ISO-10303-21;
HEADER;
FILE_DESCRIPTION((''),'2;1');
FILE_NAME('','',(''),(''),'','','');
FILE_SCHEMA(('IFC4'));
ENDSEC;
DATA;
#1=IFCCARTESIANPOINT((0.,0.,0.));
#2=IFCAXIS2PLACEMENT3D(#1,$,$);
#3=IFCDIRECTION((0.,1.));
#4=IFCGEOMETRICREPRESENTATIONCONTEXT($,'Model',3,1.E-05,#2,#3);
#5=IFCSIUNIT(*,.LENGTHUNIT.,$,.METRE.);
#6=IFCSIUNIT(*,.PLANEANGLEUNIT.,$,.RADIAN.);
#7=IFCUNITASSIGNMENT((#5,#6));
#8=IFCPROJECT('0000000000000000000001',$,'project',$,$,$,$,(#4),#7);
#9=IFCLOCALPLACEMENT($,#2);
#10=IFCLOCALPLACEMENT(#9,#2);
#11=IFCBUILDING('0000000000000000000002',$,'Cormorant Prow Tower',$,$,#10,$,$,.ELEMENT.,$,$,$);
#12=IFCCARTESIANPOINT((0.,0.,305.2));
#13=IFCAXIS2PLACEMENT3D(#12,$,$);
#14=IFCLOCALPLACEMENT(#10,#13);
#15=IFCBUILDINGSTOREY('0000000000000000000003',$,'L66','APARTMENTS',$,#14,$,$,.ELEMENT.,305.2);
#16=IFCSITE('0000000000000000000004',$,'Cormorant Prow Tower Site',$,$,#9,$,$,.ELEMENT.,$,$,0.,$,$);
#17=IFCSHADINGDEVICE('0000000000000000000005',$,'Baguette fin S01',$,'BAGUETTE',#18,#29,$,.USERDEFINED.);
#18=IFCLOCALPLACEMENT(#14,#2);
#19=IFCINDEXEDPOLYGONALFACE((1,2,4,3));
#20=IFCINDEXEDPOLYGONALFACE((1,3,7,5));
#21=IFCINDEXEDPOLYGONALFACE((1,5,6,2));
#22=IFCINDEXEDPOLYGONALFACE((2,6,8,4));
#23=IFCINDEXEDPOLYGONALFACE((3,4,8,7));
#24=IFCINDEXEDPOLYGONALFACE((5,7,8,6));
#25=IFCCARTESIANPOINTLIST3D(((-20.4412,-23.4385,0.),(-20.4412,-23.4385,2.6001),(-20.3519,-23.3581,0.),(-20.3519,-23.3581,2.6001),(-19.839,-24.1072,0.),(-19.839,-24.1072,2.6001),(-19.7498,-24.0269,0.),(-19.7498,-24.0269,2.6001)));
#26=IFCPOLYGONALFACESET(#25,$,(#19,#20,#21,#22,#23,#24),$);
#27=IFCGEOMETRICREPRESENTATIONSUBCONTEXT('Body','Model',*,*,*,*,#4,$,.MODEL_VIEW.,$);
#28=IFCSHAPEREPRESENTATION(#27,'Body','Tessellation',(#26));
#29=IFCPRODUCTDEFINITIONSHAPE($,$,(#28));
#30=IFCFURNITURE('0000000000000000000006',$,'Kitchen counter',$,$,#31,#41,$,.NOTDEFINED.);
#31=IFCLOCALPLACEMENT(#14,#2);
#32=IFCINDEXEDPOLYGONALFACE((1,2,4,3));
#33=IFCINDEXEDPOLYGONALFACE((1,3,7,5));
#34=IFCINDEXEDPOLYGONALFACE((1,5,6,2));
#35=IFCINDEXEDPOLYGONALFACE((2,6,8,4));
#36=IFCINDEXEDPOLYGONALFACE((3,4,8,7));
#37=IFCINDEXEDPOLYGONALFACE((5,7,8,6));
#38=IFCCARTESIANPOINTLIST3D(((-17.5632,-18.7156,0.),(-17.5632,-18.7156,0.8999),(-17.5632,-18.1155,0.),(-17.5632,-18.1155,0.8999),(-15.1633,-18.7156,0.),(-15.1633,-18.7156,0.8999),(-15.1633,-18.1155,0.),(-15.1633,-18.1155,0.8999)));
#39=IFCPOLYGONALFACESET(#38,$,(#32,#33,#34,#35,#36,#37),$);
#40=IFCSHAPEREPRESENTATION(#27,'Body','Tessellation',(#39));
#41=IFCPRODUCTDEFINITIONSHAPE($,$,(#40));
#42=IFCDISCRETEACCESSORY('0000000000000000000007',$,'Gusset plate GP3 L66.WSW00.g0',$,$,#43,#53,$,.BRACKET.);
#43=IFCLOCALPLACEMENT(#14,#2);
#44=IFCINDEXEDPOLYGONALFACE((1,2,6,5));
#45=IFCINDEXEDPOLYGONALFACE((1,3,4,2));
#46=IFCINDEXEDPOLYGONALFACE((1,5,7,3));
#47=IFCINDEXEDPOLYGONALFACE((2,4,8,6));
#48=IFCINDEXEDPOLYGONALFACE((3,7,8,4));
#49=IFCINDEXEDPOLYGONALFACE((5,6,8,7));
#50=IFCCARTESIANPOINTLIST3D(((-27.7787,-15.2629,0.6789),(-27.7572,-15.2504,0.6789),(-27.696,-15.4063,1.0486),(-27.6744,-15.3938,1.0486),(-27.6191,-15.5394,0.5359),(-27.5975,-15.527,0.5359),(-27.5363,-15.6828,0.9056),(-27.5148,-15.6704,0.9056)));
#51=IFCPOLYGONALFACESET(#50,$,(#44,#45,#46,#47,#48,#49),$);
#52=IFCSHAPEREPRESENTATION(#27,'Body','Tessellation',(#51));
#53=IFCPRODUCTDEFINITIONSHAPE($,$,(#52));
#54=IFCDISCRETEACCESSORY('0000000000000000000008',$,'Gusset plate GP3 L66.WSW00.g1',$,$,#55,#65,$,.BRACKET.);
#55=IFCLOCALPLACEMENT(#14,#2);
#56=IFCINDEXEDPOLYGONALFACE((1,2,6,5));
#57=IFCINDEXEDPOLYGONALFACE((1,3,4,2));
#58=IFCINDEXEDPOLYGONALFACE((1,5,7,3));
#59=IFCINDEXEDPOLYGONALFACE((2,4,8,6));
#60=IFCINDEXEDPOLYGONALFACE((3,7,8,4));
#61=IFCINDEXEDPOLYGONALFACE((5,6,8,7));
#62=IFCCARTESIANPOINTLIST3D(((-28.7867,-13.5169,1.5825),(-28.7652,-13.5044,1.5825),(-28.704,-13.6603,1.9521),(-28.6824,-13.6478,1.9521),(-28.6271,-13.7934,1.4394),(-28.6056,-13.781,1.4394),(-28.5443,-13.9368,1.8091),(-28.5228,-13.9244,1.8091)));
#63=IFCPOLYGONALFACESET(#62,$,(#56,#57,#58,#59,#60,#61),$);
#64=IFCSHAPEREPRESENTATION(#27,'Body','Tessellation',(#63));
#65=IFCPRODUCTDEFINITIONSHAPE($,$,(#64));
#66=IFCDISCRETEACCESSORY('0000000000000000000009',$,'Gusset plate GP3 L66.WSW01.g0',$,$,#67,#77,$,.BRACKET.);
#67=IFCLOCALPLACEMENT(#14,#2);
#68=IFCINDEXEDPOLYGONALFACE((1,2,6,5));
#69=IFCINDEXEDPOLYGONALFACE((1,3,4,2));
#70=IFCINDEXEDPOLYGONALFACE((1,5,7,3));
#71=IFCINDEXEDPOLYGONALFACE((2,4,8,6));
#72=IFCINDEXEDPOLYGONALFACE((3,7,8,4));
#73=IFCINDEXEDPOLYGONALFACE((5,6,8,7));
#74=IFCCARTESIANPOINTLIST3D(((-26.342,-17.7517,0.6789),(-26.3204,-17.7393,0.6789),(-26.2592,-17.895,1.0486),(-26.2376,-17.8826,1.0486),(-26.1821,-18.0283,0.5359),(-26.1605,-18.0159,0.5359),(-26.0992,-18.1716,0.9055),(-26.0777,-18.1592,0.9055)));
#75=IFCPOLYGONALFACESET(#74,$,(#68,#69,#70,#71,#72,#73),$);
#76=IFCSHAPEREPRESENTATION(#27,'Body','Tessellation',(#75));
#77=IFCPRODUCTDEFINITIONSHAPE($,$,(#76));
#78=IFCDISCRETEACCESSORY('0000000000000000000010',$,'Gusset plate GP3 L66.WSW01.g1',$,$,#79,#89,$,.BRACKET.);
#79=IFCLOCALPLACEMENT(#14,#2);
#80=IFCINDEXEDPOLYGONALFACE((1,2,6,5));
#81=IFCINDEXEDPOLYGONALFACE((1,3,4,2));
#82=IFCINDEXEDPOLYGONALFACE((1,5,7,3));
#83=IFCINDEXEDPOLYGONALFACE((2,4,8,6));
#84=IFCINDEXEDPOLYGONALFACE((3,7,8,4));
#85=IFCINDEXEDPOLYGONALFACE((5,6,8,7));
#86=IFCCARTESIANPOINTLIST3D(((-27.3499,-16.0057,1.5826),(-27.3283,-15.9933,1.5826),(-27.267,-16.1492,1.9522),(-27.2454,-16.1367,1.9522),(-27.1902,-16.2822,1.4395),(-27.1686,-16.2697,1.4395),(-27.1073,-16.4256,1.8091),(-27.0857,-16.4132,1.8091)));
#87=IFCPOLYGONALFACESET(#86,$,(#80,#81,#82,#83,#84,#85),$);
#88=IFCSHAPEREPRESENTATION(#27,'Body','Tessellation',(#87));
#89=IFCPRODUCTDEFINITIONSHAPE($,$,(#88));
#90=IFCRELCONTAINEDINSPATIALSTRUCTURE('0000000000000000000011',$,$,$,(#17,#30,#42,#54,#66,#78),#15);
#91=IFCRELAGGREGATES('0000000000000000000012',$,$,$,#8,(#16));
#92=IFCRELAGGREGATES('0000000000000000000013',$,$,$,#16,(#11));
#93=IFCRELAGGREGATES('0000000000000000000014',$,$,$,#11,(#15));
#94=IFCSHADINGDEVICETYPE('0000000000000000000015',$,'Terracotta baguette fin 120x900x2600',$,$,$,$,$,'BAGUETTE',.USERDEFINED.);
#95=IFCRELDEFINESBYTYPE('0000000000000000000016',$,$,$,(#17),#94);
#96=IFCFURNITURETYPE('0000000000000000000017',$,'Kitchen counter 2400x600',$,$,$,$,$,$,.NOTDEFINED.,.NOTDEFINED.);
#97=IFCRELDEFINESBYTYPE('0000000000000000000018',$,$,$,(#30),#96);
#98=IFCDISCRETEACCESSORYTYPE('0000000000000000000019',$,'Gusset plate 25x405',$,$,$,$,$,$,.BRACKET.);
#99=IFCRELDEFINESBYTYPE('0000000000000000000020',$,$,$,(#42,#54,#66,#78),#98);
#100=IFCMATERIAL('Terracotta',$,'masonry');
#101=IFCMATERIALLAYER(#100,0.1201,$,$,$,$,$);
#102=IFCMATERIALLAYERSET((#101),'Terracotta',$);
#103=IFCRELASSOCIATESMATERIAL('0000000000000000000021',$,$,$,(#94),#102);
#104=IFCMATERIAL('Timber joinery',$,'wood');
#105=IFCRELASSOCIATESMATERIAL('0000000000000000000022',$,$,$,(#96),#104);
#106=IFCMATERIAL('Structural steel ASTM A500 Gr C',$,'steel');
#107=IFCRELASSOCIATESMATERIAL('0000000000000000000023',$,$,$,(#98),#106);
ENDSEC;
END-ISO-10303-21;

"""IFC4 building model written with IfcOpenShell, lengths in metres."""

from ifc_helpers import new_model, si_unit, direction, frame, origin, origin_2d, place, context, subcontext, project, spatial, rectangle, extrude, material, layer, layer_set, material_profile, profile_set, type_object, element, save


model = new_model("IFC4")

# Units and contexts
model_context = context("Model", 3, precision=1e-05, world=origin(), true_north=direction((0.0, 1.0)))
body_context = subcontext(model_context, "Body", "Model", "MODEL_VIEW")
ifc_project = project(units=[si_unit("LENGTHUNIT", "METRE"), si_unit("PLANEANGLEUNIT", "RADIAN")], contexts=[model_context])

# Site, building, storey
site_placement = place(None, origin())
site = spatial("IfcSite", under=ifc_project, at=site_placement, Name="Cormorant Prow Tower Site", CompositionType="ELEMENT", RefElevation=0.0)
building_placement = place(site_placement, origin())
building = spatial("IfcBuilding", under=site, at=building_placement, Name="Cormorant Prow Tower", CompositionType="ELEMENT")
storey_placement = place(building_placement, frame((0.0, 0.0, 305.2)))
storey = spatial("IfcBuildingStorey", under=building, at=storey_placement, Name="L66", Description="APARTMENTS", CompositionType="ELEMENT", Elevation=305.2)

# Shading device
ifc_material_1 = material(Name="Terracotta", Category="masonry")
ifc_layer_1 = layer(ifc_material_1, 0.1201)
ifc_layer_set_1 = layer_set([ifc_layer_1], Name="Terracotta")
shading_device_type = type_object("IfcShadingDeviceType", Name="Terracotta baguette fin 120x900x2600", ElementType="BAGUETTE", PredefinedType="USERDEFINED", material=ifc_layer_set_1)
shading_device_placement = place(storey_placement, frame((-20.0955, -23.7327, 0.0), z_axis=(0.0, 0.0, 1.0), x_axis=(0.743145, 0.669131, 0.0)))
element("IfcShadingDevice", 1, at=shading_device_placement, inside=storey, type_object=shading_device_type, Name="Baguette fin S01", ObjectType="BAGUETTE", PredefinedType="USERDEFINED", context=body_context, shape_type="SweptSolid", body=[
    extrude(rectangle(XDim=0.1201, YDim=0.8999, at=origin_2d()), origin(), (0.0, 0.0, 1.0), 2.6001),
])

# Furniture
ifc_material_2 = material(Name="Timber joinery", Category="wood")
furniture_type = type_object("IfcFurnitureType", Name="Kitchen counter 2400x600", AssemblyPlace="NOTDEFINED", PredefinedType="NOTDEFINED", material=ifc_material_2)
furniture_placement = place(storey_placement, frame((-16.3633, -18.4155, 0.0), z_axis=(0.0, 0.0, 1.0), x_axis=(1.0, 0.0, 0.0)))
element("IfcFurniture", 2, at=furniture_placement, inside=storey, type_object=furniture_type, Name="Kitchen counter", PredefinedType="NOTDEFINED", context=body_context, shape_type="SweptSolid", body=[
    extrude(rectangle(XDim=2.3999, YDim=0.6001, at=origin_2d()), origin(), (0.0, 0.0, 1.0), 0.8999),
])

# Discrete accessories
ifc_material_3 = material(Name="Structural steel ASTM A500 Gr C", Category="steel")
ifc_material_profile_1 = material_profile(ifc_material_3, rectangle(XDim=0.0249, YDim=0.405, at=origin_2d()), Name="Gusset plate 25x405")
ifc_profile_set_1 = profile_set([ifc_material_profile_1], Name="Structural steel ASTM A500 Gr C")
discrete_accessory_type = type_object("IfcDiscreteAccessoryType", Name="Gusset plate 25x405", PredefinedType="BRACKET", material=ifc_profile_set_1)
for number, where, z_axis, x_axis, name in (
    (3, (-27.7266, -15.3284, 0.8638), (0.456239, -0.790397, -0.408802), (0.866071, 0.499921, 0.0), "Gusset plate GP3 L66.WSW00.g0"),
    (4, (-28.575, -13.8589, 1.6243), (-0.456239, 0.790397, 0.408802), (-0.866071, -0.499921, 0.0), "Gusset plate GP3 L66.WSW00.g1"),
):
    element("IfcDiscreteAccessory", number, at=place(storey_placement, frame(where, z_axis=z_axis, x_axis=x_axis)), inside=storey, type_object=discrete_accessory_type, Name=name, PredefinedType="BRACKET", context=body_context, shape_type="SweptSolid", body=[
        extrude(rectangle(XDim=0.0249, YDim=0.405, at=origin_2d()), origin(), (0.0, 0.0, 1.0), 0.3499),
    ])
discrete_accessory_1_placement = place(storey_placement, frame((-26.2898, -17.8171, 0.8638), z_axis=(0.456792, -0.790145, -0.408672), x_axis=(0.86574, 0.500494, 0.0)))
element("IfcDiscreteAccessory", 5, at=discrete_accessory_1_placement, inside=storey, type_object=discrete_accessory_type, Name="Gusset plate GP3 L66.WSW01.g0", PredefinedType="BRACKET", context=body_context, shape_type="SweptSolid", body=[
    extrude(rectangle(XDim=0.0249, YDim=0.405, at=origin_2d()), origin(), (0.0, 0.0, 1.0), 0.3501),
])
discrete_accessory_2_placement = place(storey_placement, frame((-27.1379, -16.3477, 1.6243), z_axis=(-0.456491, 0.790135, 0.409027), x_axis=(-0.86588, -0.500252, 0.0)))
element("IfcDiscreteAccessory", 6, at=discrete_accessory_2_placement, inside=storey, type_object=discrete_accessory_type, Name="Gusset plate GP3 L66.WSW01.g1", PredefinedType="BRACKET", context=body_context, shape_type="SweptSolid", body=[
    extrude(rectangle(XDim=0.0249, YDim=0.405, at=origin_2d()), origin(), (0.0, 0.0, 1.0), 0.3499),
])

save(model, "model.ifc")
